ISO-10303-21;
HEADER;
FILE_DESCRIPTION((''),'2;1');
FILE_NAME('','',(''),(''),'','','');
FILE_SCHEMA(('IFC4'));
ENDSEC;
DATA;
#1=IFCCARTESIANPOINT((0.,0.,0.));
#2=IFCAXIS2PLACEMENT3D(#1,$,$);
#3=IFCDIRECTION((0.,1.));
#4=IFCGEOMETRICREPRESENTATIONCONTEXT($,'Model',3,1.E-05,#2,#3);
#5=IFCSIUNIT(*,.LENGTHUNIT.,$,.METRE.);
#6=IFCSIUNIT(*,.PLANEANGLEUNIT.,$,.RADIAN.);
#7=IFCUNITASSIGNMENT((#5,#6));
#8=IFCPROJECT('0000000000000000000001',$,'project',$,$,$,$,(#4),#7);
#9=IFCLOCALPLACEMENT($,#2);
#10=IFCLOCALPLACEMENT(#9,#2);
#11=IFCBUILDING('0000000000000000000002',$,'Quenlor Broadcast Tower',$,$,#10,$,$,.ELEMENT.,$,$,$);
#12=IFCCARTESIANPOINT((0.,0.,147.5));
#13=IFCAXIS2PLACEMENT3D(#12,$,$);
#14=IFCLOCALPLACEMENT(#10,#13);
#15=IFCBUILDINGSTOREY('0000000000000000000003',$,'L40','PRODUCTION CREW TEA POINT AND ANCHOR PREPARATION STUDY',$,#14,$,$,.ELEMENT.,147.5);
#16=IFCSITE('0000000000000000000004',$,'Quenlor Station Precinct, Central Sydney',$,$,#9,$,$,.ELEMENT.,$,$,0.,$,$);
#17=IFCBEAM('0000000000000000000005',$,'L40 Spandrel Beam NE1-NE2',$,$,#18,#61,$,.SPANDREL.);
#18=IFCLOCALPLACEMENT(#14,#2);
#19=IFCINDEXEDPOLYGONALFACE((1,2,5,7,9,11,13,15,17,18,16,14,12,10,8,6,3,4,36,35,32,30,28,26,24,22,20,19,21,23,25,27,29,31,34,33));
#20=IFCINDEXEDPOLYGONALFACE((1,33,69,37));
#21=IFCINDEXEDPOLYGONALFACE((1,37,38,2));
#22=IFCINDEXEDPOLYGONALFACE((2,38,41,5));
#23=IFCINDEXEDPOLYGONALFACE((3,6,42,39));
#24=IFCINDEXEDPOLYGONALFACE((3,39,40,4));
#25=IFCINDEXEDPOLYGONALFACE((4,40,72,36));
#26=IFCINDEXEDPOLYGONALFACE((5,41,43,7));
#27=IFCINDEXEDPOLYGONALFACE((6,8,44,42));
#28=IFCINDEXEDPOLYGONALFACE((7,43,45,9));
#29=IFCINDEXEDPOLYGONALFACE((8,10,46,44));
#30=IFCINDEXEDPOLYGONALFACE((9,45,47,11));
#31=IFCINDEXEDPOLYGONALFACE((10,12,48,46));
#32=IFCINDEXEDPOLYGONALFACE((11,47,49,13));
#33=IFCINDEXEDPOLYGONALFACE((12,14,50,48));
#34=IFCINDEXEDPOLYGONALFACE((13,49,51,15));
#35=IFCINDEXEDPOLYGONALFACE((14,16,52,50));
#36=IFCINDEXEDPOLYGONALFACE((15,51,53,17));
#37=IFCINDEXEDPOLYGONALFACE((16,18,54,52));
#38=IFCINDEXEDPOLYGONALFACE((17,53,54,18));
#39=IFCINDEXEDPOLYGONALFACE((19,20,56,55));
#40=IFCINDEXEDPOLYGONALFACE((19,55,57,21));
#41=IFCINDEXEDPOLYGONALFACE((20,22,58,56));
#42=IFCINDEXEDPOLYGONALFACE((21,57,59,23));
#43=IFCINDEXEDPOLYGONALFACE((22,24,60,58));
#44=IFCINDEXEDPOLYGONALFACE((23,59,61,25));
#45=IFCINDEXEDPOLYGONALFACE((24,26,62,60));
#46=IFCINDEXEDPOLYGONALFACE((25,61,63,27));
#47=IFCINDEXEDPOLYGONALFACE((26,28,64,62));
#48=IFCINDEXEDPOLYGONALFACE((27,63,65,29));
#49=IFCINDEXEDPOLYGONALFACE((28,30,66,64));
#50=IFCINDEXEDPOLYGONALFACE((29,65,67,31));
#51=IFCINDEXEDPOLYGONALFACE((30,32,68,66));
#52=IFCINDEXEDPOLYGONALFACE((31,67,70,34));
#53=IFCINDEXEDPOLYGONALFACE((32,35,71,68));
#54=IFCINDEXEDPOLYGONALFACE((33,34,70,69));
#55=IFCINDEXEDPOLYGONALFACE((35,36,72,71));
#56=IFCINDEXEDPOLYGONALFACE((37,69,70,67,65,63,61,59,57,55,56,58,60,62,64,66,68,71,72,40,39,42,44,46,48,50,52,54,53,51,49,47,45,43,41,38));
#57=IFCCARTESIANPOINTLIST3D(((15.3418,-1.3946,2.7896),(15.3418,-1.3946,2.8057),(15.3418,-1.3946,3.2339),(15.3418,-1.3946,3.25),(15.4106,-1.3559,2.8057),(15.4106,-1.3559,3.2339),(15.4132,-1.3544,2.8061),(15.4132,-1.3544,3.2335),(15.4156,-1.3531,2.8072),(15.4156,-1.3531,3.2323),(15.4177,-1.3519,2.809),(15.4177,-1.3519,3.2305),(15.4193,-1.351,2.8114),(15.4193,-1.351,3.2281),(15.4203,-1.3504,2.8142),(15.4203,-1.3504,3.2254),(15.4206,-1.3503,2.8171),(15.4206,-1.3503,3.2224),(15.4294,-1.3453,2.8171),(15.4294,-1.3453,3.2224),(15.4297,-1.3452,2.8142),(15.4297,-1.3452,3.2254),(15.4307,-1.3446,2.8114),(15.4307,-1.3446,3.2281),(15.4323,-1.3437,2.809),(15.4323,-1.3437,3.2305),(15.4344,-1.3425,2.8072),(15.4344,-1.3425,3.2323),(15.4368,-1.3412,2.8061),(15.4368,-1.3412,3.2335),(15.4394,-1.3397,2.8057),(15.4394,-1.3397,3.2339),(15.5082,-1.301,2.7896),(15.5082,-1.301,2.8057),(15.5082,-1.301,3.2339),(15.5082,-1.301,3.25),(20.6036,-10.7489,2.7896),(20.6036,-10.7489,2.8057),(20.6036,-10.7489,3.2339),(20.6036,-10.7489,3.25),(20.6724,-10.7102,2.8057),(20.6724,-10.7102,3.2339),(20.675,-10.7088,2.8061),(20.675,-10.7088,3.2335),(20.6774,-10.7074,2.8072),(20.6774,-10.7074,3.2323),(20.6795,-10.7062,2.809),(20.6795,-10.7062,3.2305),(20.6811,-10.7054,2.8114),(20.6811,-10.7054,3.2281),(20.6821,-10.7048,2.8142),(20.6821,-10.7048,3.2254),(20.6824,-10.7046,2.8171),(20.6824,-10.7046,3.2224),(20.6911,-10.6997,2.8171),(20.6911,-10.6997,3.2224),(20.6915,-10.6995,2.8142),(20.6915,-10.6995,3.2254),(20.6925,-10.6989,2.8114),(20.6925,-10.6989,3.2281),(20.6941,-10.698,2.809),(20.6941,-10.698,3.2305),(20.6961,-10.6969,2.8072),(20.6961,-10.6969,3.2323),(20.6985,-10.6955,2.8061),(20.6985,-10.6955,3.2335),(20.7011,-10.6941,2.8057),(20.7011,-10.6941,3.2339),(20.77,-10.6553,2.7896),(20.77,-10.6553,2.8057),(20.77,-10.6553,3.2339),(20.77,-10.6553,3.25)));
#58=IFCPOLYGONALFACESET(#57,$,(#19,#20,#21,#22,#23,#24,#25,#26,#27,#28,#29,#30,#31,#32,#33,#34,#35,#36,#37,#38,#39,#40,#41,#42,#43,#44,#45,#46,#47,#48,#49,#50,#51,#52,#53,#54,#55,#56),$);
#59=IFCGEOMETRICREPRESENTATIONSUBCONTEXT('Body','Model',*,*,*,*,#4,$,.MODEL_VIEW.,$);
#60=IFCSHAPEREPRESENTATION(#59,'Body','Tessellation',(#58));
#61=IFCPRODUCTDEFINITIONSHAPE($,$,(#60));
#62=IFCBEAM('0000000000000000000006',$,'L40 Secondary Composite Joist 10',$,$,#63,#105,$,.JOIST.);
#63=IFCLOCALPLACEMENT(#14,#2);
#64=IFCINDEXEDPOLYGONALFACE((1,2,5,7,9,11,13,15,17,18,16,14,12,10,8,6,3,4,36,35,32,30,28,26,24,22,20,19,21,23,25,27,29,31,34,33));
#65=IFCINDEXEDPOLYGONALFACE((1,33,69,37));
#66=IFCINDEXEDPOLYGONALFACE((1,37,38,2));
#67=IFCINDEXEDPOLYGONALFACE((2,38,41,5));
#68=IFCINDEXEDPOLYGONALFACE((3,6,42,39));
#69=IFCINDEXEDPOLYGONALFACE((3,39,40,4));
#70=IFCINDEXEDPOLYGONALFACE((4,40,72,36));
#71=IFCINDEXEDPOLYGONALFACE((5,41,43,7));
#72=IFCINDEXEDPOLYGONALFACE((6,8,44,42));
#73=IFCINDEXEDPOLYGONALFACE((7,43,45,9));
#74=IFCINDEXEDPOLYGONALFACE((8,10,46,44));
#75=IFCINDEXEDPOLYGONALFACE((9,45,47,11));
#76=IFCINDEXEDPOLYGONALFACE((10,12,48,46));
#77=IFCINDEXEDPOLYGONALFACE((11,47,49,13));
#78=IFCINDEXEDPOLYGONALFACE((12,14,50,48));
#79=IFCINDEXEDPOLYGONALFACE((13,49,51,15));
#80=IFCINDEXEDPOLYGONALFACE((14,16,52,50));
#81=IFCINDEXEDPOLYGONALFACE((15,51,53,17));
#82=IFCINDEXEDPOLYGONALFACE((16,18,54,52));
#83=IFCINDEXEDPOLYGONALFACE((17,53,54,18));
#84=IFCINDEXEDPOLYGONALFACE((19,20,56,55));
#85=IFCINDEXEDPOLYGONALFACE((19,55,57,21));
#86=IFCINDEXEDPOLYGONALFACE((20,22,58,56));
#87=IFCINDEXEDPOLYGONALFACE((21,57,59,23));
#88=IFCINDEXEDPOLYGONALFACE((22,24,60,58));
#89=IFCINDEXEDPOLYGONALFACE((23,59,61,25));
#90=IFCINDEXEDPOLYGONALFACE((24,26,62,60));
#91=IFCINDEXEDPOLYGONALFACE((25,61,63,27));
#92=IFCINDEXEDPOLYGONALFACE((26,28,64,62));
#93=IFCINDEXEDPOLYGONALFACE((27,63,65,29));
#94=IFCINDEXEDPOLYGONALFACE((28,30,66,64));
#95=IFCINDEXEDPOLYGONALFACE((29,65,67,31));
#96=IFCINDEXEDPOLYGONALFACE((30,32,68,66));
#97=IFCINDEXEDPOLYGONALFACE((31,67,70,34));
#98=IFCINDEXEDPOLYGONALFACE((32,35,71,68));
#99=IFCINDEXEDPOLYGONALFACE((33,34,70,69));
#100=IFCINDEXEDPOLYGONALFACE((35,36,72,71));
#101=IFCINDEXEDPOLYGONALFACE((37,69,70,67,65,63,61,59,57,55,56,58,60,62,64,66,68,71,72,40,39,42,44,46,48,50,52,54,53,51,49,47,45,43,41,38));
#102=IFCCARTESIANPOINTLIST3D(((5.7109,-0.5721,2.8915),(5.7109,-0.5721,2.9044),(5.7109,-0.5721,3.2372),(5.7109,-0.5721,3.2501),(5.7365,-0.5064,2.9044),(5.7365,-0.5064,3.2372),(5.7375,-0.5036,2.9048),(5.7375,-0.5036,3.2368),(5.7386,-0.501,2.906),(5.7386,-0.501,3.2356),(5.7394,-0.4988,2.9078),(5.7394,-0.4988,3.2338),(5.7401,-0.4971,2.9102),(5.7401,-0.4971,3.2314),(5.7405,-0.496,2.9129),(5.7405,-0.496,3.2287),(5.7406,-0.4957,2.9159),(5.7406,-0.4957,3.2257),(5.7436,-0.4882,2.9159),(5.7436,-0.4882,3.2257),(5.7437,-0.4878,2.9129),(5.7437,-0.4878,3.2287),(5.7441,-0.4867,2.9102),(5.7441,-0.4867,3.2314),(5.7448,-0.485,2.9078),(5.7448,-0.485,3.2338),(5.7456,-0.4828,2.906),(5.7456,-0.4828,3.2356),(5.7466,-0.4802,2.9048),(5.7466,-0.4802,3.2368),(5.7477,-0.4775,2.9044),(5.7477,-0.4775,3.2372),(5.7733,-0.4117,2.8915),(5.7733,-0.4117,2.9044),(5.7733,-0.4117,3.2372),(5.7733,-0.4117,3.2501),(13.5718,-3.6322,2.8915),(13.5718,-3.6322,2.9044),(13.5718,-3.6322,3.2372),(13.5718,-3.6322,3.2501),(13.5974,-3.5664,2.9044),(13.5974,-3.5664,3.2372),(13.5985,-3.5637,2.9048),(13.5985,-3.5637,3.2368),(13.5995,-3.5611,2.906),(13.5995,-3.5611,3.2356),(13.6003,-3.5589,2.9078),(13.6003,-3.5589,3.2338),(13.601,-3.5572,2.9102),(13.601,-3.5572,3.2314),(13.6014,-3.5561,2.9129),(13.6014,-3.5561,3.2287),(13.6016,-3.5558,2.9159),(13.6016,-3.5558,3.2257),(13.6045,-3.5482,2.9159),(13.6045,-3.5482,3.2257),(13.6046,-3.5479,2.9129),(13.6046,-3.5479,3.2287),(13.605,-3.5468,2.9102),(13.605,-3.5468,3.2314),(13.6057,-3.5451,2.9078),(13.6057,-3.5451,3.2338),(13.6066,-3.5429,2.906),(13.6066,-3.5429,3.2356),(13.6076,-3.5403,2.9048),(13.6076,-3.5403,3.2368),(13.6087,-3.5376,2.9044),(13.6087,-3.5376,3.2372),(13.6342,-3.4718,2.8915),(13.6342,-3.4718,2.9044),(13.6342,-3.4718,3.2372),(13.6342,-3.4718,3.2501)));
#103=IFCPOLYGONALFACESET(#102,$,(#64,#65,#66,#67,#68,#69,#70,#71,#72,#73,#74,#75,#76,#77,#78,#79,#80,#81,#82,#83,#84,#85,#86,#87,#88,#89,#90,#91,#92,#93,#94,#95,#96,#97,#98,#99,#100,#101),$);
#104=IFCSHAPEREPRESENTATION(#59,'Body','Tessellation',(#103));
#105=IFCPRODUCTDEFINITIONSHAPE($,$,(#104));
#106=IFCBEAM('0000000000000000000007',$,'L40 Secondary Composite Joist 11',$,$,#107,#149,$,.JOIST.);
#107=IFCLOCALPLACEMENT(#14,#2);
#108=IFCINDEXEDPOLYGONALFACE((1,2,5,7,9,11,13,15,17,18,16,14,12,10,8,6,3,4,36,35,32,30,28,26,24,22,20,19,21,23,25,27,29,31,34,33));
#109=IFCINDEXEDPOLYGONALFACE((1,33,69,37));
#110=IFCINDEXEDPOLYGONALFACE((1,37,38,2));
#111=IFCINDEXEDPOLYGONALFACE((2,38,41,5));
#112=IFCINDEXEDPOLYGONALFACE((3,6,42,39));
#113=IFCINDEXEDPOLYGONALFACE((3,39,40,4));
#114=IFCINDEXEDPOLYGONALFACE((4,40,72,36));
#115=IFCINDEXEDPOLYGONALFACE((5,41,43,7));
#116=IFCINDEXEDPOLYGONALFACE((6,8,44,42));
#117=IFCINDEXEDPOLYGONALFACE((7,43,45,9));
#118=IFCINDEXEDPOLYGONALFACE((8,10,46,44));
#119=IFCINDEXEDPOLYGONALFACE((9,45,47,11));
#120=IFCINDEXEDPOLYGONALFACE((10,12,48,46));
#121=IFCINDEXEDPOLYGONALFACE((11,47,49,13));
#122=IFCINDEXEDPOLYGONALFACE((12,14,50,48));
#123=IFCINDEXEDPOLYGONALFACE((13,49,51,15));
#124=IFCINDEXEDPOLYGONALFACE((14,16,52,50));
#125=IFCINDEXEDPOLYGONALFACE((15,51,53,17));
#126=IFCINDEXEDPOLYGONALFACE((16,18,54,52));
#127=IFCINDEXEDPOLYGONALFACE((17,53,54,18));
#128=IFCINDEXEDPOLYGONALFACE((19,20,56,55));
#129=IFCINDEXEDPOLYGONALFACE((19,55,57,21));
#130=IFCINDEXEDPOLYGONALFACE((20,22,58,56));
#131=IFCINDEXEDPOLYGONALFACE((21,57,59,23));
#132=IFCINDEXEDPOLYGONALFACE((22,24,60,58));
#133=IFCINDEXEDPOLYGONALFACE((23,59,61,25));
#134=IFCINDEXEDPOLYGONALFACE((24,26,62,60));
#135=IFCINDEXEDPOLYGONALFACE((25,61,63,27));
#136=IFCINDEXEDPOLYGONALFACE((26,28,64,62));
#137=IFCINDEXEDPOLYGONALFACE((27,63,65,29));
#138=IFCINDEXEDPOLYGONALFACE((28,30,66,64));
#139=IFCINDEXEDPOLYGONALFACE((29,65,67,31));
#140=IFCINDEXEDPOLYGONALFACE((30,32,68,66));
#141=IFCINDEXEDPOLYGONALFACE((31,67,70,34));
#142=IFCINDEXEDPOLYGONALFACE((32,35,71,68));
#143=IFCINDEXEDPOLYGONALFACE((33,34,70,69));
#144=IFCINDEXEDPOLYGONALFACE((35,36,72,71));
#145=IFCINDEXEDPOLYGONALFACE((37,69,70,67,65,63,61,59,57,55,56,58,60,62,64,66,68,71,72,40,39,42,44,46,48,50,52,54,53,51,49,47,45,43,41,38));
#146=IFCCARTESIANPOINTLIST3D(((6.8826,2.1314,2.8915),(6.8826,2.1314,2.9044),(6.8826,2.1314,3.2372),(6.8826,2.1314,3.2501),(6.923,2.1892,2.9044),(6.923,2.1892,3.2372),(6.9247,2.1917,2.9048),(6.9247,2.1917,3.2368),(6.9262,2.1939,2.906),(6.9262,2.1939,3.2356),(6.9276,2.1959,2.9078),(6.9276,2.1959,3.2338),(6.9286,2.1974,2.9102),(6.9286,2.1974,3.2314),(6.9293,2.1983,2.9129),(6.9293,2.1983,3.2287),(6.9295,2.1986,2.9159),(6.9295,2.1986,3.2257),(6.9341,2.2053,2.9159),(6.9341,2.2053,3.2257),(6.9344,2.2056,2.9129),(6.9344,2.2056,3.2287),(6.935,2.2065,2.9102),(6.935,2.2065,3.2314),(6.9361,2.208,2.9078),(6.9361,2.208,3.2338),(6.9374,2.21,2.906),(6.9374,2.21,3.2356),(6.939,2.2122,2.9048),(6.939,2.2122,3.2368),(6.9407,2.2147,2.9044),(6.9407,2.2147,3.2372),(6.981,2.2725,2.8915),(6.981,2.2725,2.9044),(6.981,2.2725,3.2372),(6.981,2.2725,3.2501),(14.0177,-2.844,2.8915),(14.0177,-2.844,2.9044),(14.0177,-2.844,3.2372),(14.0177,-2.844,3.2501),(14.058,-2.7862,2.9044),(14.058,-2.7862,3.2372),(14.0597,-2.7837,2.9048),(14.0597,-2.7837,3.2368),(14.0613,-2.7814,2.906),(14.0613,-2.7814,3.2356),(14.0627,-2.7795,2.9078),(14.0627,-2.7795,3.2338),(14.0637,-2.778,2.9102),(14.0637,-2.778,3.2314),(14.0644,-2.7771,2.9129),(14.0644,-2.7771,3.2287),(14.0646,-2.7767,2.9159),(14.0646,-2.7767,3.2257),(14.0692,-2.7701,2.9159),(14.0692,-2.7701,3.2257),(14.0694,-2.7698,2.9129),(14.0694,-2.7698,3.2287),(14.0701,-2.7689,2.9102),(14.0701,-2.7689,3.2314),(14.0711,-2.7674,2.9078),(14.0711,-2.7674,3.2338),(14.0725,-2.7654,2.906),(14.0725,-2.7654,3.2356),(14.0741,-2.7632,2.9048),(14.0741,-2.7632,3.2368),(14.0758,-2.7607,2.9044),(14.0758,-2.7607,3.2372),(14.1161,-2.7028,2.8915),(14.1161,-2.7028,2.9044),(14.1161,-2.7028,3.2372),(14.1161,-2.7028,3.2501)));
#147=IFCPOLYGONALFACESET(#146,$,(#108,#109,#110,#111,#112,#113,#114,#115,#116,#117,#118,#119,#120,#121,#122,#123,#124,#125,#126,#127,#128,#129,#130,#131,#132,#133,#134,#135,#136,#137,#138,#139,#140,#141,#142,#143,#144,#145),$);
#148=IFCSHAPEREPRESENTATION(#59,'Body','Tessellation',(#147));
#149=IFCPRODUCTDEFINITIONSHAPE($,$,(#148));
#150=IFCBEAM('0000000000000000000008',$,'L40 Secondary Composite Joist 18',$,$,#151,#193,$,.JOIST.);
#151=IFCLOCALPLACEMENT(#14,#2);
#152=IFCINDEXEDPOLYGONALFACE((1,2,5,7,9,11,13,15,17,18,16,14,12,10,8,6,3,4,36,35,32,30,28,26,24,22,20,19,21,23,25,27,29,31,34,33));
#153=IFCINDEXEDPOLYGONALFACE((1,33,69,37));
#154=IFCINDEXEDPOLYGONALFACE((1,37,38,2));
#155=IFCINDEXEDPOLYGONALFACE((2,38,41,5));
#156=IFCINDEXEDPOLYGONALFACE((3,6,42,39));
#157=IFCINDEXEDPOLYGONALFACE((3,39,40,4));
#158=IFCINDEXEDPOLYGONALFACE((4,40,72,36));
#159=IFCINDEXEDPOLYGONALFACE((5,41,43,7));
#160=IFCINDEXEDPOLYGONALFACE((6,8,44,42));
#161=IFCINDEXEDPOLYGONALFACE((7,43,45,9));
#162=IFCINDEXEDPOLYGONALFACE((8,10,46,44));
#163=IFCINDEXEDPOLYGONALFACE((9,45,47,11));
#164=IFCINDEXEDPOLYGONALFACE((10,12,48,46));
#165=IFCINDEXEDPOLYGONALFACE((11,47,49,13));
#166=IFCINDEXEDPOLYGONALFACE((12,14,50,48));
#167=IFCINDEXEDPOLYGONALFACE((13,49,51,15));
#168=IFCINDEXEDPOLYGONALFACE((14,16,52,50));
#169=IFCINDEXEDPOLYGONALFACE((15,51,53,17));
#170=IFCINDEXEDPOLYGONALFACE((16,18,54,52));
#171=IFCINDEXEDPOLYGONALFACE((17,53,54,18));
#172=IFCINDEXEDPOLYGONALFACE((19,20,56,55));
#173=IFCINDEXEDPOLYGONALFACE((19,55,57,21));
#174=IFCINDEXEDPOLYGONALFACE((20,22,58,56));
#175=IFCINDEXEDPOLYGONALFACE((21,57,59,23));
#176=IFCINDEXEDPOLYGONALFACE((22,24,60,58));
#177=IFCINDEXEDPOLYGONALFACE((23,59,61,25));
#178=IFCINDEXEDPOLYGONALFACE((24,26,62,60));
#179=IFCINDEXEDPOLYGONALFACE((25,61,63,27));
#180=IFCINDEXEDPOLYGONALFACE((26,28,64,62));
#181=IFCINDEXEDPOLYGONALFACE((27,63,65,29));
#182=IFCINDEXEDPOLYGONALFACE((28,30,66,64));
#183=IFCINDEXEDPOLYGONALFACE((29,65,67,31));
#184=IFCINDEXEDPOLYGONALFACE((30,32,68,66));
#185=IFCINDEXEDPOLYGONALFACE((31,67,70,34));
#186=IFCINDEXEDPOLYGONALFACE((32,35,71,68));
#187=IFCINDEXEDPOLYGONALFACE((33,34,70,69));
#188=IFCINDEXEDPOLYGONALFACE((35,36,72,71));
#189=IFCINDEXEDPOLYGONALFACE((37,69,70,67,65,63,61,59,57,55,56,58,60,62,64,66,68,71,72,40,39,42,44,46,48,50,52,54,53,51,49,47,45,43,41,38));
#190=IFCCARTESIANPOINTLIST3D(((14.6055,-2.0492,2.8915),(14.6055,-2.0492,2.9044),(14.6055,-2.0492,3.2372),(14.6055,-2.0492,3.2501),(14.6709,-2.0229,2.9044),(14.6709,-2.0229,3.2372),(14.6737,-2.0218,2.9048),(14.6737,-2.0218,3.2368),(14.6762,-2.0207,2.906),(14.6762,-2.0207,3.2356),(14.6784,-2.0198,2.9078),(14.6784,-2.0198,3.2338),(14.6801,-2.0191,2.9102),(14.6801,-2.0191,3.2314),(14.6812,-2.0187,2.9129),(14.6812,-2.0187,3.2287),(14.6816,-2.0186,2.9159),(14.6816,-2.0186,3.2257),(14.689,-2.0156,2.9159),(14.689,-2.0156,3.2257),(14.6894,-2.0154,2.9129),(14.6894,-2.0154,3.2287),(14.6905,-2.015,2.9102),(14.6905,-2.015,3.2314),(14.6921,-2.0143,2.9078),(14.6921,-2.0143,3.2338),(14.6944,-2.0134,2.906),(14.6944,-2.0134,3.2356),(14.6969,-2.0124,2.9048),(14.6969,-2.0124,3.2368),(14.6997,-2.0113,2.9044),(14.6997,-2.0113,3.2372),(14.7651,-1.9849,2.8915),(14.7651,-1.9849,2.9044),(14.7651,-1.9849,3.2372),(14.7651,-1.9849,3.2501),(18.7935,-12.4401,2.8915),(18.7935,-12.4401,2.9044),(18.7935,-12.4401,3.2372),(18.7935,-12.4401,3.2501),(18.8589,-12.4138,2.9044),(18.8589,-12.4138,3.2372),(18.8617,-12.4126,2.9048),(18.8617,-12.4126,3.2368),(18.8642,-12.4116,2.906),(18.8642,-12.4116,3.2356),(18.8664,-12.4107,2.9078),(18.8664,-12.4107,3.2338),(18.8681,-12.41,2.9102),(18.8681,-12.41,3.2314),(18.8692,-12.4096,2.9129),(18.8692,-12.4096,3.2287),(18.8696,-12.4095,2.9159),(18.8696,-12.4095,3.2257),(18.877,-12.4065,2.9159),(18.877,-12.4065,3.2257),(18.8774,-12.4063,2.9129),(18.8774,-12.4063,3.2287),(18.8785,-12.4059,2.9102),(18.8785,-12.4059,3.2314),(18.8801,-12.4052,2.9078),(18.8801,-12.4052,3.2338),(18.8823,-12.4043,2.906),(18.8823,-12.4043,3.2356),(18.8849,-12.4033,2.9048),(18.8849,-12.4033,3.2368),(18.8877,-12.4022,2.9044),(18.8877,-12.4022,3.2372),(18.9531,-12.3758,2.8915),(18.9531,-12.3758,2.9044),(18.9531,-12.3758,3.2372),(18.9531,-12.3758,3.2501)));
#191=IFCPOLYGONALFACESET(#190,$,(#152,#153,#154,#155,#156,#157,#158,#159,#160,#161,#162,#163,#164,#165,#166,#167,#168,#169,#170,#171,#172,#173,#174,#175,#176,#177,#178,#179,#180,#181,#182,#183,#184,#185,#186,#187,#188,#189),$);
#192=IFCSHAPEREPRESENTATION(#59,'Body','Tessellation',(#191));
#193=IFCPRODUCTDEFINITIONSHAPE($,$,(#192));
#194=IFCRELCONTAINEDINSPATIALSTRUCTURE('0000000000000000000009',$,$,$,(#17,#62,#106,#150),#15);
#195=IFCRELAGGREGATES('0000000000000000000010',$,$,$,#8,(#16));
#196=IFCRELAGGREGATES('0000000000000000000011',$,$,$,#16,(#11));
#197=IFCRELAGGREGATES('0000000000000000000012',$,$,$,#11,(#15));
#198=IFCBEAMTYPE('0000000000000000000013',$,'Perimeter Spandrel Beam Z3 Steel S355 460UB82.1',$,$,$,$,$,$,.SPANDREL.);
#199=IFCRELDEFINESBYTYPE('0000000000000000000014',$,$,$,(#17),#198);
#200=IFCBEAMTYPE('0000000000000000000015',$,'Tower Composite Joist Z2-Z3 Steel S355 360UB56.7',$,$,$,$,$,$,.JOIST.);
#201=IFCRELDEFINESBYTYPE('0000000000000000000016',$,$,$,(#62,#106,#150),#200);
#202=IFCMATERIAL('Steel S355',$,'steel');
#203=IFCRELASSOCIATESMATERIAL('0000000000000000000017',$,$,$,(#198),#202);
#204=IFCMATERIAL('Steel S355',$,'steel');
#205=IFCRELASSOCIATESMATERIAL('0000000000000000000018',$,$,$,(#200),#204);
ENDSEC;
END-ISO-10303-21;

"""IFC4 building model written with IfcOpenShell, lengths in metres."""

from ifc_helpers import new_model, si_unit, direction, frame, origin, origin_2d, place, context, subcontext, project, spatial, i_section, extrude, material, material_profile, profile_set, type_object, element, save


model = new_model("IFC4")

# Units and contexts
model_context = context("Model", 3, precision=1e-05, world=origin(), true_north=direction((0.0, 1.0)))
body_context = subcontext(model_context, "Body", "Model", "MODEL_VIEW")
ifc_project = project(units=[si_unit("LENGTHUNIT", "METRE"), si_unit("PLANEANGLEUNIT", "RADIAN")], contexts=[model_context])

# Site, building, storey
site_placement = place(None, origin())
site = spatial("IfcSite", under=ifc_project, at=site_placement, Name="Quenlor Station Precinct, Central Sydney", CompositionType="ELEMENT", RefElevation=0.0)
building_placement = place(site_placement, origin())
building = spatial("IfcBuilding", under=site, at=building_placement, Name="Quenlor Broadcast Tower", CompositionType="ELEMENT")
storey_placement = place(building_placement, frame((0.0, 0.0, 147.5)))
storey = spatial("IfcBuildingStorey", under=building, at=storey_placement, Name="L40", Description="PRODUCTION CREW TEA POINT AND ANCHOR PREPARATION STUDY", CompositionType="ELEMENT", Elevation=147.5)

# Beams
ifc_material_1 = material(Name="Steel S355", Category="steel")
ifc_material_profile_1 = material_profile(ifc_material_1, i_section(OverallWidth=0.1909, OverallDepth=0.4604, WebThickness=0.01, FlangeThickness=0.0161, FilletRadius=0.0115, at=origin_2d()))
ifc_profile_set_1 = profile_set([ifc_material_profile_1], Name="Steel S355 460UB82.1")
beam_type_1 = type_object("IfcBeamType", Name="Perimeter Spandrel Beam Z3 Steel S355 460UB82.1", PredefinedType="SPANDREL", material=ifc_profile_set_1)
beam_1_placement = place(storey_placement, frame((20.6868, -10.7021, 3.0198), z_axis=(-0.490258, 0.871577, 0.0), x_axis=(-0.871577, -0.490258, 0.0)))
element("IfcBeam", 1, at=beam_1_placement, inside=storey, type_object=beam_type_1, Name="L40 Spandrel Beam NE1-NE2", PredefinedType="SPANDREL", context=body_context, shape_type="SweptSolid", body=[
    extrude(i_section(OverallWidth=0.1909, OverallDepth=0.4604, WebThickness=0.01, FlangeThickness=0.0161, FilletRadius=0.0115, at=origin_2d()), origin(), (0.0, 0.0, 1.0), 10.7327),
])
ifc_material_2 = material(Name="Steel S355", Category="steel")
ifc_material_profile_2 = material_profile(ifc_material_2, i_section(OverallWidth=0.1721, OverallDepth=0.3586, WebThickness=0.0081, FlangeThickness=0.0129, FilletRadius=0.0115, at=origin_2d()))
ifc_profile_set_2 = profile_set([ifc_material_profile_2], Name="Steel S355 360UB56.7")
beam_type_2 = type_object("IfcBeamType", Name="Tower Composite Joist Z2-Z3 Steel S355 360UB56.7", PredefinedType="JOIST", material=ifc_profile_set_2)
beam_2_placement = place(storey_placement, frame((13.603, -3.552, 3.0708), z_axis=(-0.931882, 0.362762, 0.0), x_axis=(-0.362762, -0.931882, 0.0)))
element("IfcBeam", 2, at=beam_2_placement, inside=storey, type_object=beam_type_2, Name="L40 Secondary Composite Joist 10", PredefinedType="JOIST", context=body_context, shape_type="SweptSolid", body=[
    extrude(i_section(OverallWidth=0.1721, OverallDepth=0.3586, WebThickness=0.0081, FlangeThickness=0.0129, FilletRadius=0.0115, at=origin_2d()), origin(), (0.0, 0.0, 1.0), 8.4355),
])
beam_3_placement = place(storey_placement, frame((14.0669, -2.7734, 3.0708), z_axis=(-0.820266, 0.571983, 0.0), x_axis=(-0.571983, -0.820266, 0.0)))
element("IfcBeam", 3, at=beam_3_placement, inside=storey, type_object=beam_type_2, Name="L40 Secondary Composite Joist 11", PredefinedType="JOIST", context=body_context, shape_type="SweptSolid", body=[
    extrude(i_section(OverallWidth=0.1721, OverallDepth=0.3586, WebThickness=0.0081, FlangeThickness=0.0129, FilletRadius=0.0115, at=origin_2d()), origin(), (0.0, 0.0, 1.0), 8.6985),
])
beam_4_placement = place(storey_placement, frame((18.8733, -12.408, 3.0708), z_axis=(-0.373824, 0.9275, 0.0), x_axis=(-0.9275, -0.373824, 0.0)))
element("IfcBeam", 4, at=beam_4_placement, inside=storey, type_object=beam_type_2, Name="L40 Secondary Composite Joist 18", PredefinedType="JOIST", context=body_context, shape_type="SweptSolid", body=[
    extrude(i_section(OverallWidth=0.1721, OverallDepth=0.3586, WebThickness=0.0081, FlangeThickness=0.0129, FilletRadius=0.0115, at=origin_2d()), origin(), (0.0, 0.0, 1.0), 11.2031),
])

save(model, "model.ifc")
